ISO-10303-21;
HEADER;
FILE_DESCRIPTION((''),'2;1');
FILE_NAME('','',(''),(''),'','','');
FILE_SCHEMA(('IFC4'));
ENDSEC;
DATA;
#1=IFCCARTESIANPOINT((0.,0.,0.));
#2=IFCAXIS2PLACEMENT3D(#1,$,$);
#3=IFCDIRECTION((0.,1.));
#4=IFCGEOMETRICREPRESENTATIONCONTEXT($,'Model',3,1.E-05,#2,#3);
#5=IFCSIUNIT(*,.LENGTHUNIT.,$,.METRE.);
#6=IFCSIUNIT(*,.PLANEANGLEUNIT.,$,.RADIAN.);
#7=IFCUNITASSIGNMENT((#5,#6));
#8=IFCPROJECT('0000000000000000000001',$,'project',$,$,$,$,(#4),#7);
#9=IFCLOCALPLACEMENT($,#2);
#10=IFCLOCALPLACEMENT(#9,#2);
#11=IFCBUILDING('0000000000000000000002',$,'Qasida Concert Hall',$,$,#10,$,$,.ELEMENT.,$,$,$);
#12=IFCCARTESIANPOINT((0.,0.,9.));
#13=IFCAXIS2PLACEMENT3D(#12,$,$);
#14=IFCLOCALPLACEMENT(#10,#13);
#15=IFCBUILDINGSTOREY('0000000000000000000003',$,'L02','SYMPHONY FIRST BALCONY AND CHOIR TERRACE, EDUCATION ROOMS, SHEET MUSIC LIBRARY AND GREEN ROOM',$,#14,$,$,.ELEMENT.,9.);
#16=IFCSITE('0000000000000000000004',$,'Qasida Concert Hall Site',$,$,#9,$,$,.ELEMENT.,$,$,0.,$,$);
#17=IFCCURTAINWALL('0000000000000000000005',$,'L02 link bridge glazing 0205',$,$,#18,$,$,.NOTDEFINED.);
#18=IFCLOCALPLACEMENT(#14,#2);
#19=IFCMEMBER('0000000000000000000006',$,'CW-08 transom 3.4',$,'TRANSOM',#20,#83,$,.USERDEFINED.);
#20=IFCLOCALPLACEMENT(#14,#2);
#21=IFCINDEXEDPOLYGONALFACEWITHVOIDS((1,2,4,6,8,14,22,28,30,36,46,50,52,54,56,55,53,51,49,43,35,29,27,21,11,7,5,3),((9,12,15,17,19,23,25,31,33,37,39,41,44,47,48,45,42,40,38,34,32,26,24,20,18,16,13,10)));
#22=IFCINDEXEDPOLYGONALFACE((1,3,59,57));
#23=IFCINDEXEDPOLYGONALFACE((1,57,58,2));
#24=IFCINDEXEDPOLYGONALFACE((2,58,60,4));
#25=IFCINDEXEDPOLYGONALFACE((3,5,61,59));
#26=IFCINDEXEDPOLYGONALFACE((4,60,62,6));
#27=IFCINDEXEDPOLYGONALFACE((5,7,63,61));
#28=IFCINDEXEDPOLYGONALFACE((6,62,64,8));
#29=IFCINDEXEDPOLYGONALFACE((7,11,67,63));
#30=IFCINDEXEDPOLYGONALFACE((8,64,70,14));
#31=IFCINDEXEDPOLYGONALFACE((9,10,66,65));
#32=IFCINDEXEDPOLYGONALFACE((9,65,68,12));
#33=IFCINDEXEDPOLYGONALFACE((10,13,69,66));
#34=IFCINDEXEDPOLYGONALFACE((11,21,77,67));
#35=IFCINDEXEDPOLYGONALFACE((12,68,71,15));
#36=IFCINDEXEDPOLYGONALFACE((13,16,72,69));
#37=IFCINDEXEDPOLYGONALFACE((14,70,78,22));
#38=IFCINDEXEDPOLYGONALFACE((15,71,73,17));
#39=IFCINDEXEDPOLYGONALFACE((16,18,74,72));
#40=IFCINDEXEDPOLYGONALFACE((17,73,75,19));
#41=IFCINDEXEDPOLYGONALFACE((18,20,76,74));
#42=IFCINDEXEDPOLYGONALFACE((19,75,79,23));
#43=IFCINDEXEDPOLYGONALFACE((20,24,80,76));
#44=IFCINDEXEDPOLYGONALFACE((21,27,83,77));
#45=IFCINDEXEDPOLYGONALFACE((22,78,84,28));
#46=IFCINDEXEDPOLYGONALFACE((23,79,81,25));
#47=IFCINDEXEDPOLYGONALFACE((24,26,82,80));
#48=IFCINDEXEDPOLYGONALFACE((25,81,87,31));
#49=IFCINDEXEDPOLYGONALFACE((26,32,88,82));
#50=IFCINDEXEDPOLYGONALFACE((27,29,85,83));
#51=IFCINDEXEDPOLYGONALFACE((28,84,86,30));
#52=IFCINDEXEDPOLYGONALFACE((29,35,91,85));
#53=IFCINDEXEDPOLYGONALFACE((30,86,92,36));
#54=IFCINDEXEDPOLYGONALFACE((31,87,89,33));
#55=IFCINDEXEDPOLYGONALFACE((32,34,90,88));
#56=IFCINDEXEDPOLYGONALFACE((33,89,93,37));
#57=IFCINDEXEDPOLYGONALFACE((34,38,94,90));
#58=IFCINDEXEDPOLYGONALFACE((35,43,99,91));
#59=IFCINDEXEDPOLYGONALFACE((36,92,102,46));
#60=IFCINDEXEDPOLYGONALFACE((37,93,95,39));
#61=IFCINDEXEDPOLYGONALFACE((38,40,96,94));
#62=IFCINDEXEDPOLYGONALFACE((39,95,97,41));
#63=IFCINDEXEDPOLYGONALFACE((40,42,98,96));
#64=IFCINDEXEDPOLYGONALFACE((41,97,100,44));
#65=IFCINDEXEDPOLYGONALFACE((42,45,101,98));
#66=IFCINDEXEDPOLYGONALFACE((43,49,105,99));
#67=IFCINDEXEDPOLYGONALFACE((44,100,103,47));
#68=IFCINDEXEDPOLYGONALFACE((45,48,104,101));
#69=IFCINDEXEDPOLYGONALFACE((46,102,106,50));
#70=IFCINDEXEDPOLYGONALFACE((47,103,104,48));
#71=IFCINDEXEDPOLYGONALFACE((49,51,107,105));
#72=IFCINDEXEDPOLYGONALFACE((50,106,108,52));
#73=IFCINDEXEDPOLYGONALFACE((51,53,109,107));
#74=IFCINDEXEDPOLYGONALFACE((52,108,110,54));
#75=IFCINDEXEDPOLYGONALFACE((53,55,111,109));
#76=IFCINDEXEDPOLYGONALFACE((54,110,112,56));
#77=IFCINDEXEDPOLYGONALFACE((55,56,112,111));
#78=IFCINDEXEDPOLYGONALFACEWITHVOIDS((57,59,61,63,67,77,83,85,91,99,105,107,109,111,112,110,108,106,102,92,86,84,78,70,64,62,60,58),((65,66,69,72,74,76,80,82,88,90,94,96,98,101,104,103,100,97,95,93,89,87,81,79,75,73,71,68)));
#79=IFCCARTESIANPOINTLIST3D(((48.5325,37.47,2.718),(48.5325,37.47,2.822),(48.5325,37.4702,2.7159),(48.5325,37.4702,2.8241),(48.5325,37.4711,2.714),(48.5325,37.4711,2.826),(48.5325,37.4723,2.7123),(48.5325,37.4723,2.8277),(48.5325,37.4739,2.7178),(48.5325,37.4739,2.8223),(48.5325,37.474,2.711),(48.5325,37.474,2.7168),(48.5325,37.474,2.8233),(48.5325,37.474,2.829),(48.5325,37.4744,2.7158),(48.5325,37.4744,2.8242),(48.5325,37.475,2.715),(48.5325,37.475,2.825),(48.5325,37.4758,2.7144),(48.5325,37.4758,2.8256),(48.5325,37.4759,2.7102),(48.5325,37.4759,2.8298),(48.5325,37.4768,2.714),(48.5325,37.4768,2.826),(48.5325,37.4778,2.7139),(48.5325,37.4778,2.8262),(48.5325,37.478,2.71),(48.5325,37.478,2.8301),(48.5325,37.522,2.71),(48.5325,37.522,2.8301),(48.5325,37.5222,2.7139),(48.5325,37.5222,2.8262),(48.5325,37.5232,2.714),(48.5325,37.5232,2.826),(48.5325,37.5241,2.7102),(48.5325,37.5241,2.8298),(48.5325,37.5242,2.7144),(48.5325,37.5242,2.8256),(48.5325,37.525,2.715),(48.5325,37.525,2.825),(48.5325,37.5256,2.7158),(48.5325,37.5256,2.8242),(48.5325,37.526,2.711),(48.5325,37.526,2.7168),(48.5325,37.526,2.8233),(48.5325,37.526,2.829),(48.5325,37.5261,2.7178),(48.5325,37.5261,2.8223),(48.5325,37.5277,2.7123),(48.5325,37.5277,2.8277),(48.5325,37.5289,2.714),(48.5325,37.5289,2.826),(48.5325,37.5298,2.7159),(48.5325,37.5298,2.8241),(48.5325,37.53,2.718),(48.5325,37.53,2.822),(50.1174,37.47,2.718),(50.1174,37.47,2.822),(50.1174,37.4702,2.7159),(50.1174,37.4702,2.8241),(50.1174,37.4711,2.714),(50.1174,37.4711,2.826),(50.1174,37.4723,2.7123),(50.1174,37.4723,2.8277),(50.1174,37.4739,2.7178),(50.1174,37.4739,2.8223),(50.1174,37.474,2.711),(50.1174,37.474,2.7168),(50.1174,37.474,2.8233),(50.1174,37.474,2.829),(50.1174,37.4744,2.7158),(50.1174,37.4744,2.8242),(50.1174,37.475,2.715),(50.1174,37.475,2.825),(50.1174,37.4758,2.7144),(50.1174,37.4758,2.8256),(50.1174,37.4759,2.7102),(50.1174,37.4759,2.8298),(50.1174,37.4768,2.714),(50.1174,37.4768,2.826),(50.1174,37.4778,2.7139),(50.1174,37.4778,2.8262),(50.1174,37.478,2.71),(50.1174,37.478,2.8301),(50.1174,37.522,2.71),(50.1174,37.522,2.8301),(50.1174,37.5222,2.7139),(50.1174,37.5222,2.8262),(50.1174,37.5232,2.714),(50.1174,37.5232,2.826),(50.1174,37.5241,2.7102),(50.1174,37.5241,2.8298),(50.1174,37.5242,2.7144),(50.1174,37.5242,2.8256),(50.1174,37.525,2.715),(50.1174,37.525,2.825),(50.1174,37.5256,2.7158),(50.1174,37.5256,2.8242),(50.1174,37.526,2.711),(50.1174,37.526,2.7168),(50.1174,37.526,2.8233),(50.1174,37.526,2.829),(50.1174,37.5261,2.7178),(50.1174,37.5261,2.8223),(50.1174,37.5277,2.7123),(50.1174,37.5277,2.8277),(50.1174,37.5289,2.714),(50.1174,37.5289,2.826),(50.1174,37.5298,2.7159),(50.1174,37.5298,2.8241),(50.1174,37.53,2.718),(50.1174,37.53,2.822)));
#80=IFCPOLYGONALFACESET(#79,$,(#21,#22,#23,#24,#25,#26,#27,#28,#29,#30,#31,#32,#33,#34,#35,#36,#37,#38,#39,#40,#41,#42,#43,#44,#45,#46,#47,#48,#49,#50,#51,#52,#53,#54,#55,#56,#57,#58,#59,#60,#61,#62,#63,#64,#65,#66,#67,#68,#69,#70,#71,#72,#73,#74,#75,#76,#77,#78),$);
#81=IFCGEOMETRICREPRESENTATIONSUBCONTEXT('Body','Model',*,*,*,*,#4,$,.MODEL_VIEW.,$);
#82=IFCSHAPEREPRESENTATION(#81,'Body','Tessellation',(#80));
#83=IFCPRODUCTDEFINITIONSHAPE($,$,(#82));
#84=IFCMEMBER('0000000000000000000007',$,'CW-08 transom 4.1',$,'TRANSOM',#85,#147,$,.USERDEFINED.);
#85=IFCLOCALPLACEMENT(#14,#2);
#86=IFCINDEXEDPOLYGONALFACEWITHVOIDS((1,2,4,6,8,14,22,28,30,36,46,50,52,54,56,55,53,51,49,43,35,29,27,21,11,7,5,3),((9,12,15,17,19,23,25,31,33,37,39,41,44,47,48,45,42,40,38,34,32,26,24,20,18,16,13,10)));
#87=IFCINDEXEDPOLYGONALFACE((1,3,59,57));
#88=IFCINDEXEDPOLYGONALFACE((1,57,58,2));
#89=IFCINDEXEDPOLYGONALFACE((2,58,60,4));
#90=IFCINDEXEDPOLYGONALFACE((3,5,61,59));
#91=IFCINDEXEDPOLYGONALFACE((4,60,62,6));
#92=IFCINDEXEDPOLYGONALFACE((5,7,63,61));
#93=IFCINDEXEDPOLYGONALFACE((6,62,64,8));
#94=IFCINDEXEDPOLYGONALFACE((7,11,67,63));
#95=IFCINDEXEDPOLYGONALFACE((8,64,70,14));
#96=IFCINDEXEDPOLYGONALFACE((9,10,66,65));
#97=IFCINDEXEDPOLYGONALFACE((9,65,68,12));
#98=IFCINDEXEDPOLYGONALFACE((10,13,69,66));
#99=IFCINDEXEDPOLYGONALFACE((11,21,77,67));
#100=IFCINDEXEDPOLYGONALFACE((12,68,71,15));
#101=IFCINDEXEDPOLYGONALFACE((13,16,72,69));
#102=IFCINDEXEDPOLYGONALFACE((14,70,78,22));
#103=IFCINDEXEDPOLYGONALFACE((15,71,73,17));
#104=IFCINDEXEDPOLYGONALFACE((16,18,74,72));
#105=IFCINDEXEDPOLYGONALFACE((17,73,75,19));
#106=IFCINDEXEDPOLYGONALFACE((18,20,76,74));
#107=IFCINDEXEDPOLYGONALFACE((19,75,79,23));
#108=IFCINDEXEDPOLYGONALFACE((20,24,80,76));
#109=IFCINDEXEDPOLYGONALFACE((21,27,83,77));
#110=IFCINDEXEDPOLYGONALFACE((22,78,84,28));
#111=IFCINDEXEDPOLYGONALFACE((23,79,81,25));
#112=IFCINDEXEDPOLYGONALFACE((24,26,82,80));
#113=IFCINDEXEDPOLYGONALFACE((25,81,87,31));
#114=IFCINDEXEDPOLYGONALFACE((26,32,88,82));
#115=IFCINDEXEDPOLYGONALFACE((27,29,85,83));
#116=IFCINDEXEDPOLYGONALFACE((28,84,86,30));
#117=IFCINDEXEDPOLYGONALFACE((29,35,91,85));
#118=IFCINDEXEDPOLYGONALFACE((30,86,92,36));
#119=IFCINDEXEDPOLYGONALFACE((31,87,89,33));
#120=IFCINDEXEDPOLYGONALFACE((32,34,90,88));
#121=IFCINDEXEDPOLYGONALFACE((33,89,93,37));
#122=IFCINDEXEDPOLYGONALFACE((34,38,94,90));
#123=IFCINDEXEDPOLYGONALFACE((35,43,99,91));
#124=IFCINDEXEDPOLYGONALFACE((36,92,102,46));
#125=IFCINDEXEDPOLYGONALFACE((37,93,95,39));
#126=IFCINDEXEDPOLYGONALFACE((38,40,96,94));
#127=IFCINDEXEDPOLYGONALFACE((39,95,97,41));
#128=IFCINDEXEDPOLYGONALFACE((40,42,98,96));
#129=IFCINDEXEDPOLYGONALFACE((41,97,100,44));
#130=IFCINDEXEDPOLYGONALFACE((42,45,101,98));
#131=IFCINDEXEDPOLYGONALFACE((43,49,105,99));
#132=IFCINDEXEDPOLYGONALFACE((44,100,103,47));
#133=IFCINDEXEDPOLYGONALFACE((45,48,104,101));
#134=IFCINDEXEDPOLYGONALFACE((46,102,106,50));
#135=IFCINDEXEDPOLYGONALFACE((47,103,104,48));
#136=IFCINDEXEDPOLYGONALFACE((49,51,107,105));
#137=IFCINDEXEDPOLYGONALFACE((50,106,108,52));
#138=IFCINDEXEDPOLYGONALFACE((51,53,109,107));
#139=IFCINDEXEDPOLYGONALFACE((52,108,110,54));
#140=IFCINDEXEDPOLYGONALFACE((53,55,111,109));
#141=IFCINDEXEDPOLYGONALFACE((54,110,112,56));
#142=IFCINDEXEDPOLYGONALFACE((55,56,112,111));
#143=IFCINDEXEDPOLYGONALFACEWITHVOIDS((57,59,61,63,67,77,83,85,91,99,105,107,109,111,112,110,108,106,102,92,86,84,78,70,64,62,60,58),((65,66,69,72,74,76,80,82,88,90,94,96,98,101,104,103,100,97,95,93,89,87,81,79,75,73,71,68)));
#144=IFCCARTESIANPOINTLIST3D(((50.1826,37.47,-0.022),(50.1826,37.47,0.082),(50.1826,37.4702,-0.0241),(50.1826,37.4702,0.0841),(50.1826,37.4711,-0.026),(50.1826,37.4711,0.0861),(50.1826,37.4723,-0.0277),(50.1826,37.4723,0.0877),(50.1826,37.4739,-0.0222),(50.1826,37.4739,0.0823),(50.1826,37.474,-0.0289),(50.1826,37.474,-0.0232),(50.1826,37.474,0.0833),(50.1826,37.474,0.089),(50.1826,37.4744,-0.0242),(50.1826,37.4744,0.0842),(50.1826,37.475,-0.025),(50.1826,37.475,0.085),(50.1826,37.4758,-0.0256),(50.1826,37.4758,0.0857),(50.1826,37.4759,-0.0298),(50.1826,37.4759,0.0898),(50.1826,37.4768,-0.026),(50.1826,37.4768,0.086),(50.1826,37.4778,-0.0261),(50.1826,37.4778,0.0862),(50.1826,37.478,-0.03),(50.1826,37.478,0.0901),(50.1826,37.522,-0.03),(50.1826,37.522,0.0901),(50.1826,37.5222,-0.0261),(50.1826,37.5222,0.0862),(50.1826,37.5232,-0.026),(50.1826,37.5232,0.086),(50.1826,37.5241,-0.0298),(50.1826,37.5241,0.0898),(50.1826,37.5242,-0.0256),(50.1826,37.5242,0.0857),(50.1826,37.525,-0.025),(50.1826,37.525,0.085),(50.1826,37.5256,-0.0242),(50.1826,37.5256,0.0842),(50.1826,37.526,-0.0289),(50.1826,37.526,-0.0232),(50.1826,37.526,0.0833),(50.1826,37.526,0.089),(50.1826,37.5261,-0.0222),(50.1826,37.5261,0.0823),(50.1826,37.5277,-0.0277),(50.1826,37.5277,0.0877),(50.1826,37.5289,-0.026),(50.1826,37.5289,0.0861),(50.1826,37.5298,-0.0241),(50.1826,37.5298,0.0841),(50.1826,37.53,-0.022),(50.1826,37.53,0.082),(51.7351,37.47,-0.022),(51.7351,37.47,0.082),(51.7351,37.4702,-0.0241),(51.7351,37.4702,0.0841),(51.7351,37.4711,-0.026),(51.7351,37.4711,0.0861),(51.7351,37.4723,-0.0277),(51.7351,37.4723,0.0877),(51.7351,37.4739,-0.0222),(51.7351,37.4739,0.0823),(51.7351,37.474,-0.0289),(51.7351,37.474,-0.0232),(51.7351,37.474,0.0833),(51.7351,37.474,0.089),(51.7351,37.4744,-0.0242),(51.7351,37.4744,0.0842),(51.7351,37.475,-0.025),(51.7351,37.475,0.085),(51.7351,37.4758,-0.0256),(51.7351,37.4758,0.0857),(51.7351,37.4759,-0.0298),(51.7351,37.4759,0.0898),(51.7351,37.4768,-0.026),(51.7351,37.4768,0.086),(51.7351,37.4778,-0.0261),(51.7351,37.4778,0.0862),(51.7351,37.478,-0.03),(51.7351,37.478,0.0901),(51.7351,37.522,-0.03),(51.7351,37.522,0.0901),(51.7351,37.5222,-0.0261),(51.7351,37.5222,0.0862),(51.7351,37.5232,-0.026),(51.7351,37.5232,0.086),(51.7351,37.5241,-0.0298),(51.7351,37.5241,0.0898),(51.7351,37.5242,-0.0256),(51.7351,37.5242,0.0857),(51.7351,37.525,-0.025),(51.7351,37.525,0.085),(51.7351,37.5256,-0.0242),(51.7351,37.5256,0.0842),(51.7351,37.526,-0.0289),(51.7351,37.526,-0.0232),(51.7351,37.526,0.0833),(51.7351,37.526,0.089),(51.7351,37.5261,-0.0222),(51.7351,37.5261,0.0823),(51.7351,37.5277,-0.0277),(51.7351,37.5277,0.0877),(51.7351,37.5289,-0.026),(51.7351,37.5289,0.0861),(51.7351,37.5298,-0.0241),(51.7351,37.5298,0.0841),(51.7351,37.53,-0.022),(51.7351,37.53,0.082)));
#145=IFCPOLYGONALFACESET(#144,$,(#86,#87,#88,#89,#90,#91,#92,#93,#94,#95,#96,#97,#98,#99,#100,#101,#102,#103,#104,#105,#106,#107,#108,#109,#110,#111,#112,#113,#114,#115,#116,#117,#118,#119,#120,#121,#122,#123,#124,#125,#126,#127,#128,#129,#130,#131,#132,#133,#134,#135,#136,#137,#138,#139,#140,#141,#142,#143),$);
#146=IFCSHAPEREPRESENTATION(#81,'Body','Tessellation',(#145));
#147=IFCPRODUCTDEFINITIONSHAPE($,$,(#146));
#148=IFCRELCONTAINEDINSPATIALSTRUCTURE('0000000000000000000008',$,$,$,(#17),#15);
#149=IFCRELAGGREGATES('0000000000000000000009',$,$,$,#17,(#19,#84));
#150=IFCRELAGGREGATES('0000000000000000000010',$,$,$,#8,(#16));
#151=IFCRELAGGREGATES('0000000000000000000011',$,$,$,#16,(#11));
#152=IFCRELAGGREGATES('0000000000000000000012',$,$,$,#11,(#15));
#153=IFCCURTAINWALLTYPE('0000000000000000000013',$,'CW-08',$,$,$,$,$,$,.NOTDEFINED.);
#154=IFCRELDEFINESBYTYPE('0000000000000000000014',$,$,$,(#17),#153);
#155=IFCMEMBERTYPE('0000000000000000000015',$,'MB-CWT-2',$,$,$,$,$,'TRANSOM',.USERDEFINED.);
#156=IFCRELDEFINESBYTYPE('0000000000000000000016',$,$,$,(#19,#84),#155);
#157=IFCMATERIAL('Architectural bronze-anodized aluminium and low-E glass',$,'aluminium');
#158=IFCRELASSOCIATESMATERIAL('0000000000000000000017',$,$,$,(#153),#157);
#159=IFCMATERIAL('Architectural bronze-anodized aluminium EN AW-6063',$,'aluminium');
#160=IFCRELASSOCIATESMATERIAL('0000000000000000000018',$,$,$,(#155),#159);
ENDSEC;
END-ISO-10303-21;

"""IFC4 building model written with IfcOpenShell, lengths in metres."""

from ifc_helpers import new_model, si_unit, direction, frame, origin, origin_2d, place, context, subcontext, project, spatial, hollow_rectangle, extrude, material, material_profile, profile_set, type_object, element, aggregate, save


model = new_model("IFC4")

# Units and contexts
model_context = context("Model", 3, precision=1e-05, world=origin(), true_north=direction((0.0, 1.0)))
body_context = subcontext(model_context, "Body", "Model", "MODEL_VIEW")
ifc_project = project(units=[si_unit("LENGTHUNIT", "METRE"), si_unit("PLANEANGLEUNIT", "RADIAN")], contexts=[model_context])

# Site, building, storey
site_placement = place(None, origin())
site = spatial("IfcSite", under=ifc_project, at=site_placement, Name="Qasida Concert Hall Site", CompositionType="ELEMENT", RefElevation=0.0)
building_placement = place(site_placement, origin())
building = spatial("IfcBuilding", under=site, at=building_placement, Name="Qasida Concert Hall", CompositionType="ELEMENT")
storey_placement = place(building_placement, frame((0.0, 0.0, 9.0)))
storey = spatial("IfcBuildingStorey", under=building, at=storey_placement, Name="L02", Description="SYMPHONY FIRST BALCONY AND CHOIR TERRACE, EDUCATION ROOMS, SHEET MUSIC LIBRARY AND GREEN ROOM", CompositionType="ELEMENT", Elevation=9.0)

# Curtain wall, members
ifc_material_1 = material(Name="Architectural bronze-anodized aluminium and low-E glass", Category="aluminium")
curtain_wall_type = type_object("IfcCurtainWallType", Name="CW-08", PredefinedType="NOTDEFINED", material=ifc_material_1)
curtain_wall_placement = place(storey_placement, origin())
curtain_wall = element("IfcCurtainWall", 1, at=curtain_wall_placement, inside=storey, type_object=curtain_wall_type, Name="L02 link bridge glazing 0205", PredefinedType="NOTDEFINED")
ifc_material_2 = material(Name="Architectural bronze-anodized aluminium EN AW-6063", Category="aluminium")
ifc_material_profile_1 = material_profile(ifc_material_2, hollow_rectangle(XDim=0.0601, YDim=0.1201, WallThickness=0.0039, InnerFilletRadius=0.0039, OuterFilletRadius=0.0081, at=origin_2d()), Name="CWT 120x60x4")
ifc_profile_set_1 = profile_set([ifc_material_profile_1], Name="Architectural bronze-anodized aluminium EN AW-6063")
member_type_1 = type_object("IfcMemberType", Name="MB-CWT-2", ElementType="TRANSOM", PredefinedType="USERDEFINED", material=ifc_profile_set_1)
member_1_placement = place(storey_placement, frame((48.5325, 37.5, 2.77), z_axis=(1.0, 0.0, 0.0), x_axis=(0.0, 1.0, 0.0)))
member_1 = element("IfcMember", 2, at=member_1_placement, type_object=member_type_1, Name="CW-08 transom 3.4", ObjectType="TRANSOM", PredefinedType="USERDEFINED", context=body_context, shape_type="SweptSolid", body=[
    extrude(hollow_rectangle(XDim=0.0601, YDim=0.1201, WallThickness=0.0039, InnerFilletRadius=0.0039, OuterFilletRadius=0.0081, at=origin_2d()), origin(), (0.0, 0.0, 1.0), 1.585),
])
member_2_placement = place(storey_placement, frame((50.1826, 37.5, 0.03), z_axis=(1.0, 0.0, 0.0), x_axis=(0.0, 1.0, 0.0)))
member_2 = element("IfcMember", 3, at=member_2_placement, type_object=member_type_1, Name="CW-08 transom 4.1", ObjectType="TRANSOM", PredefinedType="USERDEFINED", context=body_context, shape_type="SweptSolid", body=[
    extrude(hollow_rectangle(XDim=0.0601, YDim=0.1201, WallThickness=0.0039, InnerFilletRadius=0.0039, OuterFilletRadius=0.0081, at=origin_2d()), origin(), (0.0, 0.0, 1.0), 1.5525),
])
aggregate(curtain_wall, [member_1, member_2])

save(model, "model.ifc")
